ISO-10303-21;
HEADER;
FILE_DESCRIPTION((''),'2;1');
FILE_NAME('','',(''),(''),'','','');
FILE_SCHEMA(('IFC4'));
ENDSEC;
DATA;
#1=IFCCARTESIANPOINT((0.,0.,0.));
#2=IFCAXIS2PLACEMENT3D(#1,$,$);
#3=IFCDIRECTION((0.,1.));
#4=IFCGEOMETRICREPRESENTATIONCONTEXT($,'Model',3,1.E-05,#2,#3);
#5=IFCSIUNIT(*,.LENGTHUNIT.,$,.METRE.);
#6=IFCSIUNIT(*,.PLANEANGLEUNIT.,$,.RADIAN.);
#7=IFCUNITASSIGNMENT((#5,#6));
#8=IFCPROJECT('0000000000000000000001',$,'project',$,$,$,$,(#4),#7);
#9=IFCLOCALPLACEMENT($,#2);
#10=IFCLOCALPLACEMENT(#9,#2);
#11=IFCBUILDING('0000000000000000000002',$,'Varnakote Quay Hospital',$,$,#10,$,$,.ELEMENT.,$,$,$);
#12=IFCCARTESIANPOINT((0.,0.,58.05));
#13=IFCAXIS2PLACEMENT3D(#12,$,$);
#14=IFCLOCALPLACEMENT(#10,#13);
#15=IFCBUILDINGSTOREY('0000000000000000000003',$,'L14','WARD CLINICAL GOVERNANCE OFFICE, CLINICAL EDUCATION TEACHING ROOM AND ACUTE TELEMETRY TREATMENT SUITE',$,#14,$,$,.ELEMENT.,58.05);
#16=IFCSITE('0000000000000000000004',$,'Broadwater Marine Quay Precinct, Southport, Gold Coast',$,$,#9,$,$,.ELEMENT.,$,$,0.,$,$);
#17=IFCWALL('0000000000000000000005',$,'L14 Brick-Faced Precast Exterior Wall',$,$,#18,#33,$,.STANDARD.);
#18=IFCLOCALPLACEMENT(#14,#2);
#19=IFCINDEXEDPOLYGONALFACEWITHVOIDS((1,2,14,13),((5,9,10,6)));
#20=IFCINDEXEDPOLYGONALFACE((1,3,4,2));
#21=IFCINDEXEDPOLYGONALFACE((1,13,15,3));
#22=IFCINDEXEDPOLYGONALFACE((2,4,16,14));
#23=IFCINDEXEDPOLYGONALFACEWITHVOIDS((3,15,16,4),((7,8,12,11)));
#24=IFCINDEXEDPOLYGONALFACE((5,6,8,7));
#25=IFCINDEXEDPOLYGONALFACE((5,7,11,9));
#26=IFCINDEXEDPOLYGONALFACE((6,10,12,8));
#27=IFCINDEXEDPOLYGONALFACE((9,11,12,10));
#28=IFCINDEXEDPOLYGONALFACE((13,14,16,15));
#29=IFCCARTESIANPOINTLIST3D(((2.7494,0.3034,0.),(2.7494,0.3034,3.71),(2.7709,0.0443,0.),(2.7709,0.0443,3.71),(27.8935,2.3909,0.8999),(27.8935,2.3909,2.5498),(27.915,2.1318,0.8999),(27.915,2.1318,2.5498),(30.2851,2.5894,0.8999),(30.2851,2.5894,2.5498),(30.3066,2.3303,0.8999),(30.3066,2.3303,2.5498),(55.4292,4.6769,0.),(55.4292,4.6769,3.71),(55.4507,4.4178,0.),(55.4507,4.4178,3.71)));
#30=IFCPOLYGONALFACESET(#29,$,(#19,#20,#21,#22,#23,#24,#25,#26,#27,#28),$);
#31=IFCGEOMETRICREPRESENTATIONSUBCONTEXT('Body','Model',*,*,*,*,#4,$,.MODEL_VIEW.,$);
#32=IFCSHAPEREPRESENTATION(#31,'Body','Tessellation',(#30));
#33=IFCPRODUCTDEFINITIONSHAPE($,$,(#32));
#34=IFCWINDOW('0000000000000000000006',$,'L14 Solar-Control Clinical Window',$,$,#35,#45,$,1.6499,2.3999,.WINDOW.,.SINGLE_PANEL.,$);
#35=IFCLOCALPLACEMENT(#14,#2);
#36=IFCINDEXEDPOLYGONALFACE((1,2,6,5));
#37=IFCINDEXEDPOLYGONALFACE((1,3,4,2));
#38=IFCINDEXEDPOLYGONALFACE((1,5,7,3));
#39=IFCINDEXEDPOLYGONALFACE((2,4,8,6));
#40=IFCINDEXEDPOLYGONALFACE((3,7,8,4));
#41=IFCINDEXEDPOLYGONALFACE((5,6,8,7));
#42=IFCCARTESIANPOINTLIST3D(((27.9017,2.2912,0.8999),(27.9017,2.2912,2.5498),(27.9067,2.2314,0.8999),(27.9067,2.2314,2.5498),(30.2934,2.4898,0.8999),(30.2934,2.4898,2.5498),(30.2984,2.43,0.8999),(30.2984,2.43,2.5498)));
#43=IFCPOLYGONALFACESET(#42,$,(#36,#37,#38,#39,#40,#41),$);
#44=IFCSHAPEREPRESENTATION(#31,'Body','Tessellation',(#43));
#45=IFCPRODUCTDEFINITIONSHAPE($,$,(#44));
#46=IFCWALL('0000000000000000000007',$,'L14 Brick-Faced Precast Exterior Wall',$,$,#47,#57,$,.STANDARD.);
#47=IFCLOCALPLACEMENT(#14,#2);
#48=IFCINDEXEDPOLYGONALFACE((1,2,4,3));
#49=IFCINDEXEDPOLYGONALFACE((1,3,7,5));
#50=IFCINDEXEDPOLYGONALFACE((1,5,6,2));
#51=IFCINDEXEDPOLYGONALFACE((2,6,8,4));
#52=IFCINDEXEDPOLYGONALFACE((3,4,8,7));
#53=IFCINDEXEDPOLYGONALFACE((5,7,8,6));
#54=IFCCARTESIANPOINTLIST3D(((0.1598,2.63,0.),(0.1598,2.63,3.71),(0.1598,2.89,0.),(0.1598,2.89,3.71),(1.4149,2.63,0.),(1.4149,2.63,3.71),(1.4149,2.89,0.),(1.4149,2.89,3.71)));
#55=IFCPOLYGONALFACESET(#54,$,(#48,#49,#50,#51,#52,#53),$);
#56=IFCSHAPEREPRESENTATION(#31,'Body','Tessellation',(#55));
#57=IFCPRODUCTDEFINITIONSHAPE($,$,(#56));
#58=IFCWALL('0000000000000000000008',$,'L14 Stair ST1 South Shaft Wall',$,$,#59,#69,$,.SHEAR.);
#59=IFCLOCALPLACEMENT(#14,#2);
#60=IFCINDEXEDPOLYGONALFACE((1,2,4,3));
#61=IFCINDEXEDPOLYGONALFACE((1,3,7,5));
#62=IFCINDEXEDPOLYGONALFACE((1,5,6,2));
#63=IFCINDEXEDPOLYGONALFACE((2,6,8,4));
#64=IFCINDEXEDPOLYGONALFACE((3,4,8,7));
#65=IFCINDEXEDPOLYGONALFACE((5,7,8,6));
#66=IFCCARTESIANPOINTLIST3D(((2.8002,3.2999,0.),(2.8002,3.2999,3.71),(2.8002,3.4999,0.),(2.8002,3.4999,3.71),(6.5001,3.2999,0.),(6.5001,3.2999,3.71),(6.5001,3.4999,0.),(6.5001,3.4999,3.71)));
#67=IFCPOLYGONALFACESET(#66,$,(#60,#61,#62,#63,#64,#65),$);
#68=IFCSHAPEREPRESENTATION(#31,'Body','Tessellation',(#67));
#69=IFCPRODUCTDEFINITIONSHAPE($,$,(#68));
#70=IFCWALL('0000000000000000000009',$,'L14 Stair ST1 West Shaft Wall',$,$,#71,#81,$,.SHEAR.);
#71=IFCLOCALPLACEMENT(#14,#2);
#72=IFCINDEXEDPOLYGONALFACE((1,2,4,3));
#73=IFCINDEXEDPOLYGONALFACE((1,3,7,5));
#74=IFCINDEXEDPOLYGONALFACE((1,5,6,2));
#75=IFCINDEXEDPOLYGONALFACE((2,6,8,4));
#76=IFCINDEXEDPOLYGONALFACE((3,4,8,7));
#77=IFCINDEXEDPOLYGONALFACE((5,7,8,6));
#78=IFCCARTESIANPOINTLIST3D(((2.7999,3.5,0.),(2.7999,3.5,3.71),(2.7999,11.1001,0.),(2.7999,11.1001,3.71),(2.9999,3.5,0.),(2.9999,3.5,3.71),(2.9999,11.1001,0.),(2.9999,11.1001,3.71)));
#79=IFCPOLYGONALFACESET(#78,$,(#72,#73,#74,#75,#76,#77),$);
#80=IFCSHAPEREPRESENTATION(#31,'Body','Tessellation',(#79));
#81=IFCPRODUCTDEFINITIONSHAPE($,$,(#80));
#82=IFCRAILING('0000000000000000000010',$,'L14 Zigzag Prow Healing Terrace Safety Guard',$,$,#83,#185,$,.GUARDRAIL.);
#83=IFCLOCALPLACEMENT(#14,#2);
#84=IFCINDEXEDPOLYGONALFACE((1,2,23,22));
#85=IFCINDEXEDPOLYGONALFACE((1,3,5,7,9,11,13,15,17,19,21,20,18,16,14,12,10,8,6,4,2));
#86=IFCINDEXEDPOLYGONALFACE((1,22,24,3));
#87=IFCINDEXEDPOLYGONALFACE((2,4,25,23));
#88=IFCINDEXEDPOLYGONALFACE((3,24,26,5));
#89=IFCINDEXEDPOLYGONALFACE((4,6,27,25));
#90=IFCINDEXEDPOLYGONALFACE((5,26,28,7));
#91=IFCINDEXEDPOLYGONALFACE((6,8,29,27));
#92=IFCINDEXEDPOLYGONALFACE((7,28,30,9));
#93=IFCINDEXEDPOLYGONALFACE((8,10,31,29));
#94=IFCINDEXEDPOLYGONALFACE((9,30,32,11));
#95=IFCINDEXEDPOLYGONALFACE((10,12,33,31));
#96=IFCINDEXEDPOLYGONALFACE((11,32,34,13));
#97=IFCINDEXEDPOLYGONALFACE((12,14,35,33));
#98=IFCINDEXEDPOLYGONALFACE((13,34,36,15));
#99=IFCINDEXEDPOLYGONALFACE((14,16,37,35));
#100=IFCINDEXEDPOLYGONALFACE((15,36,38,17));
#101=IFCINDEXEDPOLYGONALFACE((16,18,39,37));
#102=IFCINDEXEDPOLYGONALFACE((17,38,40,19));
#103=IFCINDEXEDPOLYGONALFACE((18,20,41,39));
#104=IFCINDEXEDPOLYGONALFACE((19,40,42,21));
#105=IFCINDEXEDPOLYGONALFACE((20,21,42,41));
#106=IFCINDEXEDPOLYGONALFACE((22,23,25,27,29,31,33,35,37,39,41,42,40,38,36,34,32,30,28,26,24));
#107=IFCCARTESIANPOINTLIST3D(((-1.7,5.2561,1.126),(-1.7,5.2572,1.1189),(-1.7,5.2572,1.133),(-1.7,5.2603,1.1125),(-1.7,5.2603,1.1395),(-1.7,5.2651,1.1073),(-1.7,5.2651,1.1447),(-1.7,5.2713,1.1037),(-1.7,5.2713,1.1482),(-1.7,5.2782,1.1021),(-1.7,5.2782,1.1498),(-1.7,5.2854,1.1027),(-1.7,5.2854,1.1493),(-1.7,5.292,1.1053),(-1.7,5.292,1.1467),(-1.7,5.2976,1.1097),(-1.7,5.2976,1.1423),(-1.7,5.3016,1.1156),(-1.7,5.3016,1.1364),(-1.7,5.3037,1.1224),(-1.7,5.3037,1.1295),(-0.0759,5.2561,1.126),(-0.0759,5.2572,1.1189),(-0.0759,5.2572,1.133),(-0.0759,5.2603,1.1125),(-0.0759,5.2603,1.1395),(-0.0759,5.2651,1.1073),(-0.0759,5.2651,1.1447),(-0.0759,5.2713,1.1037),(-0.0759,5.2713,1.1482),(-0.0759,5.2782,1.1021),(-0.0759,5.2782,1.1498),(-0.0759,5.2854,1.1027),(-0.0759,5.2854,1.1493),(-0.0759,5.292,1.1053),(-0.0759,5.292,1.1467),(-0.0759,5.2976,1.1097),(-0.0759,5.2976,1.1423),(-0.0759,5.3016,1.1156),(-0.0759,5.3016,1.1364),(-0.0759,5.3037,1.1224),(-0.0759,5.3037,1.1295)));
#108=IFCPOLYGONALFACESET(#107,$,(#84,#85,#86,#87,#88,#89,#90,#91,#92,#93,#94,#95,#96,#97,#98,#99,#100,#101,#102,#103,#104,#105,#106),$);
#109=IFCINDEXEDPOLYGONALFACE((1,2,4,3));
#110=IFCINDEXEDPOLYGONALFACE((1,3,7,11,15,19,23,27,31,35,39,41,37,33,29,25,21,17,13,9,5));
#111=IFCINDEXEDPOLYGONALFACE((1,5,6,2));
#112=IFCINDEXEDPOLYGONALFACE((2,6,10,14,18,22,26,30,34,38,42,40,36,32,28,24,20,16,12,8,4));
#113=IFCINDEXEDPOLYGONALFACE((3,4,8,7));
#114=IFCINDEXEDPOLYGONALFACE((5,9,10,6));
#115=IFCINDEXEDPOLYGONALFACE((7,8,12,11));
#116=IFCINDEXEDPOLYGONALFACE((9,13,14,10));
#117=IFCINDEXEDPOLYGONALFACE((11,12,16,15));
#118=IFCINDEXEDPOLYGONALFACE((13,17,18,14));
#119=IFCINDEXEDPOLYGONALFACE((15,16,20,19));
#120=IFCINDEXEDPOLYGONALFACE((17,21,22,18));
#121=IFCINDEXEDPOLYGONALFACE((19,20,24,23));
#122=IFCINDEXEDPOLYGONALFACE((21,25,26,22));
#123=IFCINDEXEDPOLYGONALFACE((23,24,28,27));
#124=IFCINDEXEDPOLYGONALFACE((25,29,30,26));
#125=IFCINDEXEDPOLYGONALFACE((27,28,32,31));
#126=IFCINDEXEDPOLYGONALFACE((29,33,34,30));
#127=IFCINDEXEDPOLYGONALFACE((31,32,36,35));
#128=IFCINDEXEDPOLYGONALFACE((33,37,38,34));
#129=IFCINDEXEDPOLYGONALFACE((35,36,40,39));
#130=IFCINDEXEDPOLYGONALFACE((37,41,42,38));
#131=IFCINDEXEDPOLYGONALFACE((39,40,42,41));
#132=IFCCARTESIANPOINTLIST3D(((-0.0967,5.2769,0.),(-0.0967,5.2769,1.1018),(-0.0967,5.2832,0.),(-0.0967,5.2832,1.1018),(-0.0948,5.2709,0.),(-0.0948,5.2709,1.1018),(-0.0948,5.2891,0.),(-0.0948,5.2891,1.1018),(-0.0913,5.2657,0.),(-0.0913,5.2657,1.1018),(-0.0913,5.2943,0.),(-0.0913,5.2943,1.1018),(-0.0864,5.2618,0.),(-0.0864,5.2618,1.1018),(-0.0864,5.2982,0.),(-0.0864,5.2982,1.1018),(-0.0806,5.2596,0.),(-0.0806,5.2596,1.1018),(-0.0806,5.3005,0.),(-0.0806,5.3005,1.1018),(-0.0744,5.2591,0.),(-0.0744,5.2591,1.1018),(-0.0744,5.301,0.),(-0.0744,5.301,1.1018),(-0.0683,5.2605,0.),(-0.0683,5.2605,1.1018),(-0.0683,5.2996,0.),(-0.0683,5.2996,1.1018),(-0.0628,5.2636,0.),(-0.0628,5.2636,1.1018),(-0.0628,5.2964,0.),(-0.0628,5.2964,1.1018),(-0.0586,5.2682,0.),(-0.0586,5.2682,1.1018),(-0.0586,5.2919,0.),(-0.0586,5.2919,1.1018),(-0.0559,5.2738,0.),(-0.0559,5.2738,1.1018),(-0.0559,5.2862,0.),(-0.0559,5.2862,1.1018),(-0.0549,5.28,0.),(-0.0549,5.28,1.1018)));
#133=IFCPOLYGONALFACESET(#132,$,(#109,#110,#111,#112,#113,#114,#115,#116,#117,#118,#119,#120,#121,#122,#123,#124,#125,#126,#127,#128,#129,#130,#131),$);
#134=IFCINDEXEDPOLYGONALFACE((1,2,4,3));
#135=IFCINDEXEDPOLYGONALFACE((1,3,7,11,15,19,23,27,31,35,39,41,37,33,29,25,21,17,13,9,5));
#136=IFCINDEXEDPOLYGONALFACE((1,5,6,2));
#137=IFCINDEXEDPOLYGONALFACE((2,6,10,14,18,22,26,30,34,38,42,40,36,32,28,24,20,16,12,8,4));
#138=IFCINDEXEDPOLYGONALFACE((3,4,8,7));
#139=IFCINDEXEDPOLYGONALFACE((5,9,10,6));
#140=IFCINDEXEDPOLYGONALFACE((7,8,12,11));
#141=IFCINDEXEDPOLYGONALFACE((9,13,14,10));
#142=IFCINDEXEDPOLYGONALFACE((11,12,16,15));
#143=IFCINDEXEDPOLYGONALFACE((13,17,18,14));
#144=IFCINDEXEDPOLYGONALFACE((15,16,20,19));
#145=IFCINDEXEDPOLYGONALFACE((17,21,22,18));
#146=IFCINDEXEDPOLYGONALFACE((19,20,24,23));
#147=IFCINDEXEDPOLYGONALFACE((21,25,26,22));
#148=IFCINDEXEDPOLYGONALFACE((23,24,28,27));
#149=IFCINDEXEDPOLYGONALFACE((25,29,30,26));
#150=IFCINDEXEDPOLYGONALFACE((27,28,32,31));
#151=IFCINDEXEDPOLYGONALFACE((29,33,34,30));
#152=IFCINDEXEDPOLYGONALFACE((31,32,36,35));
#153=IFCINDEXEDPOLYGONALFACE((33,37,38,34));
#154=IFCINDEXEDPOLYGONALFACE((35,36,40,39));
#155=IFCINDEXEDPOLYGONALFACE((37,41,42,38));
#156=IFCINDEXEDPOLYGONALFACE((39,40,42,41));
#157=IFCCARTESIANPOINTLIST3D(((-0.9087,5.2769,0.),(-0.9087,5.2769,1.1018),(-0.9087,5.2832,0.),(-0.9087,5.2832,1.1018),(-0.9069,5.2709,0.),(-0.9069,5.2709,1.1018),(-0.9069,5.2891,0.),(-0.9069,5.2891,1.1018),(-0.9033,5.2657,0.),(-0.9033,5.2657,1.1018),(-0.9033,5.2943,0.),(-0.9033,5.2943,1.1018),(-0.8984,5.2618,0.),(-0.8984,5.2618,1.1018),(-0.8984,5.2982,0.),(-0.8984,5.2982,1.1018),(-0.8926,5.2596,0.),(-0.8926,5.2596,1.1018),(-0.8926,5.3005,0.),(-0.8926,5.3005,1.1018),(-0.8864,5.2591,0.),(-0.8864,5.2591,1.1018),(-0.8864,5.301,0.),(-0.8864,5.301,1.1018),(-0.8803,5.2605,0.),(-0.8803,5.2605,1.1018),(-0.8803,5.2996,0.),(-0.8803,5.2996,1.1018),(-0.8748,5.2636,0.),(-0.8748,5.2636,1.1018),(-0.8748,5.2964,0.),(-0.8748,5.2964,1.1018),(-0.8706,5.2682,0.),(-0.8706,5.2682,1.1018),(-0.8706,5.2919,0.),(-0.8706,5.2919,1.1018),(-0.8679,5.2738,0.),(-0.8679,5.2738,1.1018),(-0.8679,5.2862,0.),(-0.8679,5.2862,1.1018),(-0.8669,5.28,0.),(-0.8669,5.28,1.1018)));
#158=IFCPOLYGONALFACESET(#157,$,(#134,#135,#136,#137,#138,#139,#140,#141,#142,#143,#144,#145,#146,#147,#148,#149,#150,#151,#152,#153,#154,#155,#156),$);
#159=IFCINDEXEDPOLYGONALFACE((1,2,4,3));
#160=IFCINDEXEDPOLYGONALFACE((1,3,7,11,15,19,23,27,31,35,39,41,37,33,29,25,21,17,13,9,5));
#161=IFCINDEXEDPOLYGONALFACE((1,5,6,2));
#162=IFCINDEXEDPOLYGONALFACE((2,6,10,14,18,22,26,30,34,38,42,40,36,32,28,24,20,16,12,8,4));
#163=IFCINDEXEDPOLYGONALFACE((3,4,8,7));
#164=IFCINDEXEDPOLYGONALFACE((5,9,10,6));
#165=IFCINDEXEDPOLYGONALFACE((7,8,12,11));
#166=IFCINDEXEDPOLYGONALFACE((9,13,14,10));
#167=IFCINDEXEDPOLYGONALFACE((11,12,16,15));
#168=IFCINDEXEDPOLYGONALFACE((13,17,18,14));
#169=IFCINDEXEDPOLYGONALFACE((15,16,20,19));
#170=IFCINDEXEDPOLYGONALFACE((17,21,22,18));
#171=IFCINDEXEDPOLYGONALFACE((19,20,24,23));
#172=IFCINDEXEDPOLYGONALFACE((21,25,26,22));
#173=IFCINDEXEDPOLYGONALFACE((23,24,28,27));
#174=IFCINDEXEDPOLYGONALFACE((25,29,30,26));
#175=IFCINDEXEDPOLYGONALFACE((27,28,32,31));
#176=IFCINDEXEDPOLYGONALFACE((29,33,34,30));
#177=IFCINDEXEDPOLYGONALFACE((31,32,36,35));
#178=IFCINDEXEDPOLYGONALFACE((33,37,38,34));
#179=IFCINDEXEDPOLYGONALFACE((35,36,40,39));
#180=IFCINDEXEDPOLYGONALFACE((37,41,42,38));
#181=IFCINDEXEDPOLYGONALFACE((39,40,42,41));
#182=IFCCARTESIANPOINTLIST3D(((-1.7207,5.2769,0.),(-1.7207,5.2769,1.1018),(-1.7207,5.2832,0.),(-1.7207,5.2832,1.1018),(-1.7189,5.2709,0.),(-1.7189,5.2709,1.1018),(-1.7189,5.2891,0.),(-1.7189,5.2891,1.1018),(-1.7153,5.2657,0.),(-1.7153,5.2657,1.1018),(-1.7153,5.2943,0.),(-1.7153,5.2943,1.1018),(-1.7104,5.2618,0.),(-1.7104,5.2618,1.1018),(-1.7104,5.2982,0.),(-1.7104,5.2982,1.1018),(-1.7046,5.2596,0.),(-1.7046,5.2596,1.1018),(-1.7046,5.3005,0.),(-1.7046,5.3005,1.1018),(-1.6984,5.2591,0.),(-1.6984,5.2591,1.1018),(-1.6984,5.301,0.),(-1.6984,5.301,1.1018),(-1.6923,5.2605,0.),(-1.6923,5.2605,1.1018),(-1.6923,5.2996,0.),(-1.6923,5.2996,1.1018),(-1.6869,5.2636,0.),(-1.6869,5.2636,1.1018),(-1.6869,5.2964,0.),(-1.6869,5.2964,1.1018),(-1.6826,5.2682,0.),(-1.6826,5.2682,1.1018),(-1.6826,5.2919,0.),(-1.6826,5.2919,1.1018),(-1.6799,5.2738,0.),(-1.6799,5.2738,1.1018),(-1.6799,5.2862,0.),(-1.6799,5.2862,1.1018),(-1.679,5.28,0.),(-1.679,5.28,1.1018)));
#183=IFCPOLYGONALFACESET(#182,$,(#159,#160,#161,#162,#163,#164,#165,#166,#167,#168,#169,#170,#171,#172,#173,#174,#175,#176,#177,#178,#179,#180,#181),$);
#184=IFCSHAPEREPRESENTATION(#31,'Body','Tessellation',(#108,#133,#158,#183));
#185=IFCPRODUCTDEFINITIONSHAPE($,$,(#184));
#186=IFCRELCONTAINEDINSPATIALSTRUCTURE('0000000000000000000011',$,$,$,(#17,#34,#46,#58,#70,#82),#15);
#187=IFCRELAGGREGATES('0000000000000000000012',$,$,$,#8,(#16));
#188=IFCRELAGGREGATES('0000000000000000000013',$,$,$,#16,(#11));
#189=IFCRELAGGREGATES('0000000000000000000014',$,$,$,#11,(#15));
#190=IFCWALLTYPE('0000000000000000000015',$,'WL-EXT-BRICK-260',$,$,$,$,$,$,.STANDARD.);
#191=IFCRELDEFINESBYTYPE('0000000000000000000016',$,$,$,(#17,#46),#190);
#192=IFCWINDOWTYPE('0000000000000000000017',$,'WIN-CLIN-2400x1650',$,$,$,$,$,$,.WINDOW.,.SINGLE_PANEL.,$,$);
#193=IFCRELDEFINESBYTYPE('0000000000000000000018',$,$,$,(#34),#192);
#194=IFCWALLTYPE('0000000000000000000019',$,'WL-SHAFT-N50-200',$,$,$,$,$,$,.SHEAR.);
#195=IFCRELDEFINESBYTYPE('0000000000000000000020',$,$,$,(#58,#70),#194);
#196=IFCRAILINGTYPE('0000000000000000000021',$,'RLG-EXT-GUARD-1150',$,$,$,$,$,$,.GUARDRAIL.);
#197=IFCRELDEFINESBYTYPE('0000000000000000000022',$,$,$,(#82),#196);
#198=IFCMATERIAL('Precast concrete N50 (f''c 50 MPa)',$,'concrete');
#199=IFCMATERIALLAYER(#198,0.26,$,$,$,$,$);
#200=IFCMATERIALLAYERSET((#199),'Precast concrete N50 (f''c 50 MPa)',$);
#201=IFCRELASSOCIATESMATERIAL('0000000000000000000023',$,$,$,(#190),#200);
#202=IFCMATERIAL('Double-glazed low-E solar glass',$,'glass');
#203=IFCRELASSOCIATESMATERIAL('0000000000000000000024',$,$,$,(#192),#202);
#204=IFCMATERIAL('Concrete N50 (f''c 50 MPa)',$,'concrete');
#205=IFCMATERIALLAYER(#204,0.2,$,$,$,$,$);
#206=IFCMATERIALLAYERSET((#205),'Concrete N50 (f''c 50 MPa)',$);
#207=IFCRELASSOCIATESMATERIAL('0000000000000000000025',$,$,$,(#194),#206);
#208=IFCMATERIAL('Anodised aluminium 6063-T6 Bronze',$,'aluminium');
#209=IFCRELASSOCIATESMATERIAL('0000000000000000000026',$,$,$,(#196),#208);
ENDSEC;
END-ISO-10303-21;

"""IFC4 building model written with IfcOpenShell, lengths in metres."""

from ifc_helpers import new_model, si_unit, direction, frame, frame_2d, origin, origin_2d, place, context, subcontext, project, spatial, rectangle, circle, extrude, material, layer, layer_set, type_object, element, fill, save


model = new_model("IFC4")

# Units and contexts
model_context = context("Model", 3, precision=1e-05, world=origin(), true_north=direction((0.0, 1.0)))
body_context = subcontext(model_context, "Body", "Model", "MODEL_VIEW")
ifc_project = project(units=[si_unit("LENGTHUNIT", "METRE"), si_unit("PLANEANGLEUNIT", "RADIAN")], contexts=[model_context])

# Site, building, storey
site_placement = place(None, origin())
site = spatial("IfcSite", under=ifc_project, at=site_placement, Name="Broadwater Marine Quay Precinct, Southport, Gold Coast", CompositionType="ELEMENT", RefElevation=0.0)
building_placement = place(site_placement, origin())
building = spatial("IfcBuilding", under=site, at=building_placement, Name="Varnakote Quay Hospital", CompositionType="ELEMENT")
storey_placement = place(building_placement, frame((0.0, 0.0, 58.05)))
storey = spatial("IfcBuildingStorey", under=building, at=storey_placement, Name="L14", Description="WARD CLINICAL GOVERNANCE OFFICE, CLINICAL EDUCATION TEACHING ROOM AND ACUTE TELEMETRY TREATMENT SUITE", CompositionType="ELEMENT", Elevation=58.05)

# Shared definitions
ifc_material_1 = material(Name="Precast concrete N50 (f'c 50 MPa)", Category="concrete")
ifc_layer_1 = layer(ifc_material_1, 0.26)
ifc_layer_set_1 = layer_set([ifc_layer_1], Name="Precast concrete N50 (f'c 50 MPa)")
wall_type_1 = type_object("IfcWallType", Name="WL-EXT-BRICK-260", PredefinedType="STANDARD", material=ifc_layer_set_1)

# Wall, opening, window
wall_1_placement = place(storey_placement, frame((2.76, 0.1738, 0.0), z_axis=(0.0, 0.0, 1.0), x_axis=(0.996571, 0.082736, 0.0)))
wall_1 = element("IfcWall", 1, at=wall_1_placement, inside=storey, type_object=wall_type_1, Name="L14 Brick-Faced Precast Exterior Wall", PredefinedType="STANDARD", context=body_context, shape_type="SweptSolid", body=[
    extrude(rectangle(XDim=52.8611, YDim=0.26, at=frame_2d((26.4307, 0.0))), origin(), (0.0, 0.0, 1.0), 3.71),
])
opening_1_placement = place(wall_1_placement, frame((25.2307, 0.0, 0.8999)))
opening_1 = element("IfcOpeningElement", 2, at=opening_1_placement, cuts=wall_1, PredefinedType="OPENING", context=body_context, shape_type="SweptSolid", body=[
    extrude(rectangle(XDim=2.3999, YDim=1.6499, at=frame_2d((1.2, 0.825))), frame((0.0, 0.1399, 0.0), z_axis=(0.0, -1.0, 0.0), x_axis=(1.0, 0.0, 0.0)), (0.0, 0.0, 1.0), 0.28),
])
ifc_material_2 = material(Name="Double-glazed low-E solar glass", Category="glass")
window_type = type_object("IfcWindowType", Name="WIN-CLIN-2400x1650", PartitioningType="SINGLE_PANEL", PredefinedType="WINDOW", material=ifc_material_2)
window_placement = place(opening_1_placement, origin())
window = element("IfcWindow", 3, at=window_placement, inside=storey, type_object=window_type, Name="L14 Solar-Control Clinical Window", OverallHeight=1.6499, OverallWidth=2.3999, PartitioningType="SINGLE_PANEL", PredefinedType="WINDOW", context=body_context, shape_type="SweptSolid", body=[
    extrude(rectangle(XDim=2.3999, YDim=1.6499, at=frame_2d((1.2, 0.825))), frame((0.0, 0.03, 0.0), z_axis=(0.0, -1.0, 0.0), x_axis=(1.0, 0.0, 0.0)), (0.0, 0.0, 1.0), 0.0601),
])
fill(opening_1, window)

# Walls
wall_2_placement = place(storey_placement, frame((0.1599, 2.76, 0.0), z_axis=(0.0, 0.0, 1.0), x_axis=(1.0, 0.0, 0.0)))
element("IfcWall", 4, at=wall_2_placement, inside=storey, type_object=wall_type_1, Name="L14 Brick-Faced Precast Exterior Wall", PredefinedType="STANDARD", context=body_context, shape_type="SweptSolid", body=[
    extrude(rectangle(XDim=1.2551, YDim=0.26, at=frame_2d((0.6274, 0.0))), origin(), (0.0, 0.0, 1.0), 3.71),
])
ifc_material_3 = material(Name="Concrete N50 (f'c 50 MPa)", Category="concrete")
ifc_layer_2 = layer(ifc_material_3, 0.2)
ifc_layer_set_2 = layer_set([ifc_layer_2], Name="Concrete N50 (f'c 50 MPa)")
wall_type_2 = type_object("IfcWallType", Name="WL-SHAFT-N50-200", PredefinedType="SHEAR", material=ifc_layer_set_2)
wall_3_placement = place(storey_placement, frame((2.8, 3.3999, 0.0), z_axis=(0.0, 0.0, 1.0), x_axis=(1.0, 0.0, 0.0)))
element("IfcWall", 5, at=wall_3_placement, inside=storey, type_object=wall_type_2, Name="L14 Stair ST1 South Shaft Wall", PredefinedType="SHEAR", context=body_context, shape_type="SweptSolid", body=[
    extrude(rectangle(XDim=3.7, YDim=0.2, at=frame_2d((1.8501, 0.0))), origin(), (0.0, 0.0, 1.0), 3.71),
])
wall_4_placement = place(storey_placement, frame((2.8999, 3.5, 0.0), z_axis=(0.0, 0.0, 1.0), x_axis=(0.0, 1.0, 0.0)))
element("IfcWall", 6, at=wall_4_placement, inside=storey, type_object=wall_type_2, Name="L14 Stair ST1 West Shaft Wall", PredefinedType="SHEAR", context=body_context, shape_type="SweptSolid", body=[
    extrude(rectangle(XDim=7.6001, YDim=0.2, at=frame_2d((3.8, 0.0))), origin(), (0.0, 0.0, 1.0), 3.71),
])

# Railing
ifc_material_4 = material(Name="Anodised aluminium 6063-T6 Bronze", Category="aluminium")
railing_type = type_object("IfcRailingType", Name="RLG-EXT-GUARD-1150", PredefinedType="GUARDRAIL", material=ifc_material_4)
railing_1_placement = place(storey_placement, frame((-0.0759, 5.28, 0.0)))
element("IfcRailing", 7, at=railing_1_placement, inside=storey, type_object=railing_type, Name="L14 Zigzag Prow Healing Terrace Safety Guard", PredefinedType="GUARDRAIL", context=body_context, shape_type="SweptSolid", body=[
    extrude(circle(Radius=0.0239, at=origin_2d()), frame((0.0, 0.0, 1.126), z_axis=(-1.0, 0.0, 0.0), x_axis=(0.0, -1.0, 0.0)), (0.0, 0.0, 1.0), 1.624),
    extrude(circle(Radius=0.021, at=origin_2d()), origin(), (0.0, 0.0, 1.0), 1.1018),
    extrude(circle(Radius=0.021, at=origin_2d()), frame((-0.812, 0.0, 0.0)), (0.0, 0.0, 1.0), 1.1018),
    extrude(circle(Radius=0.021, at=origin_2d()), frame((-1.624, 0.0, 0.0)), (0.0, 0.0, 1.0), 1.1018),
])

save(model, "model.ifc")
